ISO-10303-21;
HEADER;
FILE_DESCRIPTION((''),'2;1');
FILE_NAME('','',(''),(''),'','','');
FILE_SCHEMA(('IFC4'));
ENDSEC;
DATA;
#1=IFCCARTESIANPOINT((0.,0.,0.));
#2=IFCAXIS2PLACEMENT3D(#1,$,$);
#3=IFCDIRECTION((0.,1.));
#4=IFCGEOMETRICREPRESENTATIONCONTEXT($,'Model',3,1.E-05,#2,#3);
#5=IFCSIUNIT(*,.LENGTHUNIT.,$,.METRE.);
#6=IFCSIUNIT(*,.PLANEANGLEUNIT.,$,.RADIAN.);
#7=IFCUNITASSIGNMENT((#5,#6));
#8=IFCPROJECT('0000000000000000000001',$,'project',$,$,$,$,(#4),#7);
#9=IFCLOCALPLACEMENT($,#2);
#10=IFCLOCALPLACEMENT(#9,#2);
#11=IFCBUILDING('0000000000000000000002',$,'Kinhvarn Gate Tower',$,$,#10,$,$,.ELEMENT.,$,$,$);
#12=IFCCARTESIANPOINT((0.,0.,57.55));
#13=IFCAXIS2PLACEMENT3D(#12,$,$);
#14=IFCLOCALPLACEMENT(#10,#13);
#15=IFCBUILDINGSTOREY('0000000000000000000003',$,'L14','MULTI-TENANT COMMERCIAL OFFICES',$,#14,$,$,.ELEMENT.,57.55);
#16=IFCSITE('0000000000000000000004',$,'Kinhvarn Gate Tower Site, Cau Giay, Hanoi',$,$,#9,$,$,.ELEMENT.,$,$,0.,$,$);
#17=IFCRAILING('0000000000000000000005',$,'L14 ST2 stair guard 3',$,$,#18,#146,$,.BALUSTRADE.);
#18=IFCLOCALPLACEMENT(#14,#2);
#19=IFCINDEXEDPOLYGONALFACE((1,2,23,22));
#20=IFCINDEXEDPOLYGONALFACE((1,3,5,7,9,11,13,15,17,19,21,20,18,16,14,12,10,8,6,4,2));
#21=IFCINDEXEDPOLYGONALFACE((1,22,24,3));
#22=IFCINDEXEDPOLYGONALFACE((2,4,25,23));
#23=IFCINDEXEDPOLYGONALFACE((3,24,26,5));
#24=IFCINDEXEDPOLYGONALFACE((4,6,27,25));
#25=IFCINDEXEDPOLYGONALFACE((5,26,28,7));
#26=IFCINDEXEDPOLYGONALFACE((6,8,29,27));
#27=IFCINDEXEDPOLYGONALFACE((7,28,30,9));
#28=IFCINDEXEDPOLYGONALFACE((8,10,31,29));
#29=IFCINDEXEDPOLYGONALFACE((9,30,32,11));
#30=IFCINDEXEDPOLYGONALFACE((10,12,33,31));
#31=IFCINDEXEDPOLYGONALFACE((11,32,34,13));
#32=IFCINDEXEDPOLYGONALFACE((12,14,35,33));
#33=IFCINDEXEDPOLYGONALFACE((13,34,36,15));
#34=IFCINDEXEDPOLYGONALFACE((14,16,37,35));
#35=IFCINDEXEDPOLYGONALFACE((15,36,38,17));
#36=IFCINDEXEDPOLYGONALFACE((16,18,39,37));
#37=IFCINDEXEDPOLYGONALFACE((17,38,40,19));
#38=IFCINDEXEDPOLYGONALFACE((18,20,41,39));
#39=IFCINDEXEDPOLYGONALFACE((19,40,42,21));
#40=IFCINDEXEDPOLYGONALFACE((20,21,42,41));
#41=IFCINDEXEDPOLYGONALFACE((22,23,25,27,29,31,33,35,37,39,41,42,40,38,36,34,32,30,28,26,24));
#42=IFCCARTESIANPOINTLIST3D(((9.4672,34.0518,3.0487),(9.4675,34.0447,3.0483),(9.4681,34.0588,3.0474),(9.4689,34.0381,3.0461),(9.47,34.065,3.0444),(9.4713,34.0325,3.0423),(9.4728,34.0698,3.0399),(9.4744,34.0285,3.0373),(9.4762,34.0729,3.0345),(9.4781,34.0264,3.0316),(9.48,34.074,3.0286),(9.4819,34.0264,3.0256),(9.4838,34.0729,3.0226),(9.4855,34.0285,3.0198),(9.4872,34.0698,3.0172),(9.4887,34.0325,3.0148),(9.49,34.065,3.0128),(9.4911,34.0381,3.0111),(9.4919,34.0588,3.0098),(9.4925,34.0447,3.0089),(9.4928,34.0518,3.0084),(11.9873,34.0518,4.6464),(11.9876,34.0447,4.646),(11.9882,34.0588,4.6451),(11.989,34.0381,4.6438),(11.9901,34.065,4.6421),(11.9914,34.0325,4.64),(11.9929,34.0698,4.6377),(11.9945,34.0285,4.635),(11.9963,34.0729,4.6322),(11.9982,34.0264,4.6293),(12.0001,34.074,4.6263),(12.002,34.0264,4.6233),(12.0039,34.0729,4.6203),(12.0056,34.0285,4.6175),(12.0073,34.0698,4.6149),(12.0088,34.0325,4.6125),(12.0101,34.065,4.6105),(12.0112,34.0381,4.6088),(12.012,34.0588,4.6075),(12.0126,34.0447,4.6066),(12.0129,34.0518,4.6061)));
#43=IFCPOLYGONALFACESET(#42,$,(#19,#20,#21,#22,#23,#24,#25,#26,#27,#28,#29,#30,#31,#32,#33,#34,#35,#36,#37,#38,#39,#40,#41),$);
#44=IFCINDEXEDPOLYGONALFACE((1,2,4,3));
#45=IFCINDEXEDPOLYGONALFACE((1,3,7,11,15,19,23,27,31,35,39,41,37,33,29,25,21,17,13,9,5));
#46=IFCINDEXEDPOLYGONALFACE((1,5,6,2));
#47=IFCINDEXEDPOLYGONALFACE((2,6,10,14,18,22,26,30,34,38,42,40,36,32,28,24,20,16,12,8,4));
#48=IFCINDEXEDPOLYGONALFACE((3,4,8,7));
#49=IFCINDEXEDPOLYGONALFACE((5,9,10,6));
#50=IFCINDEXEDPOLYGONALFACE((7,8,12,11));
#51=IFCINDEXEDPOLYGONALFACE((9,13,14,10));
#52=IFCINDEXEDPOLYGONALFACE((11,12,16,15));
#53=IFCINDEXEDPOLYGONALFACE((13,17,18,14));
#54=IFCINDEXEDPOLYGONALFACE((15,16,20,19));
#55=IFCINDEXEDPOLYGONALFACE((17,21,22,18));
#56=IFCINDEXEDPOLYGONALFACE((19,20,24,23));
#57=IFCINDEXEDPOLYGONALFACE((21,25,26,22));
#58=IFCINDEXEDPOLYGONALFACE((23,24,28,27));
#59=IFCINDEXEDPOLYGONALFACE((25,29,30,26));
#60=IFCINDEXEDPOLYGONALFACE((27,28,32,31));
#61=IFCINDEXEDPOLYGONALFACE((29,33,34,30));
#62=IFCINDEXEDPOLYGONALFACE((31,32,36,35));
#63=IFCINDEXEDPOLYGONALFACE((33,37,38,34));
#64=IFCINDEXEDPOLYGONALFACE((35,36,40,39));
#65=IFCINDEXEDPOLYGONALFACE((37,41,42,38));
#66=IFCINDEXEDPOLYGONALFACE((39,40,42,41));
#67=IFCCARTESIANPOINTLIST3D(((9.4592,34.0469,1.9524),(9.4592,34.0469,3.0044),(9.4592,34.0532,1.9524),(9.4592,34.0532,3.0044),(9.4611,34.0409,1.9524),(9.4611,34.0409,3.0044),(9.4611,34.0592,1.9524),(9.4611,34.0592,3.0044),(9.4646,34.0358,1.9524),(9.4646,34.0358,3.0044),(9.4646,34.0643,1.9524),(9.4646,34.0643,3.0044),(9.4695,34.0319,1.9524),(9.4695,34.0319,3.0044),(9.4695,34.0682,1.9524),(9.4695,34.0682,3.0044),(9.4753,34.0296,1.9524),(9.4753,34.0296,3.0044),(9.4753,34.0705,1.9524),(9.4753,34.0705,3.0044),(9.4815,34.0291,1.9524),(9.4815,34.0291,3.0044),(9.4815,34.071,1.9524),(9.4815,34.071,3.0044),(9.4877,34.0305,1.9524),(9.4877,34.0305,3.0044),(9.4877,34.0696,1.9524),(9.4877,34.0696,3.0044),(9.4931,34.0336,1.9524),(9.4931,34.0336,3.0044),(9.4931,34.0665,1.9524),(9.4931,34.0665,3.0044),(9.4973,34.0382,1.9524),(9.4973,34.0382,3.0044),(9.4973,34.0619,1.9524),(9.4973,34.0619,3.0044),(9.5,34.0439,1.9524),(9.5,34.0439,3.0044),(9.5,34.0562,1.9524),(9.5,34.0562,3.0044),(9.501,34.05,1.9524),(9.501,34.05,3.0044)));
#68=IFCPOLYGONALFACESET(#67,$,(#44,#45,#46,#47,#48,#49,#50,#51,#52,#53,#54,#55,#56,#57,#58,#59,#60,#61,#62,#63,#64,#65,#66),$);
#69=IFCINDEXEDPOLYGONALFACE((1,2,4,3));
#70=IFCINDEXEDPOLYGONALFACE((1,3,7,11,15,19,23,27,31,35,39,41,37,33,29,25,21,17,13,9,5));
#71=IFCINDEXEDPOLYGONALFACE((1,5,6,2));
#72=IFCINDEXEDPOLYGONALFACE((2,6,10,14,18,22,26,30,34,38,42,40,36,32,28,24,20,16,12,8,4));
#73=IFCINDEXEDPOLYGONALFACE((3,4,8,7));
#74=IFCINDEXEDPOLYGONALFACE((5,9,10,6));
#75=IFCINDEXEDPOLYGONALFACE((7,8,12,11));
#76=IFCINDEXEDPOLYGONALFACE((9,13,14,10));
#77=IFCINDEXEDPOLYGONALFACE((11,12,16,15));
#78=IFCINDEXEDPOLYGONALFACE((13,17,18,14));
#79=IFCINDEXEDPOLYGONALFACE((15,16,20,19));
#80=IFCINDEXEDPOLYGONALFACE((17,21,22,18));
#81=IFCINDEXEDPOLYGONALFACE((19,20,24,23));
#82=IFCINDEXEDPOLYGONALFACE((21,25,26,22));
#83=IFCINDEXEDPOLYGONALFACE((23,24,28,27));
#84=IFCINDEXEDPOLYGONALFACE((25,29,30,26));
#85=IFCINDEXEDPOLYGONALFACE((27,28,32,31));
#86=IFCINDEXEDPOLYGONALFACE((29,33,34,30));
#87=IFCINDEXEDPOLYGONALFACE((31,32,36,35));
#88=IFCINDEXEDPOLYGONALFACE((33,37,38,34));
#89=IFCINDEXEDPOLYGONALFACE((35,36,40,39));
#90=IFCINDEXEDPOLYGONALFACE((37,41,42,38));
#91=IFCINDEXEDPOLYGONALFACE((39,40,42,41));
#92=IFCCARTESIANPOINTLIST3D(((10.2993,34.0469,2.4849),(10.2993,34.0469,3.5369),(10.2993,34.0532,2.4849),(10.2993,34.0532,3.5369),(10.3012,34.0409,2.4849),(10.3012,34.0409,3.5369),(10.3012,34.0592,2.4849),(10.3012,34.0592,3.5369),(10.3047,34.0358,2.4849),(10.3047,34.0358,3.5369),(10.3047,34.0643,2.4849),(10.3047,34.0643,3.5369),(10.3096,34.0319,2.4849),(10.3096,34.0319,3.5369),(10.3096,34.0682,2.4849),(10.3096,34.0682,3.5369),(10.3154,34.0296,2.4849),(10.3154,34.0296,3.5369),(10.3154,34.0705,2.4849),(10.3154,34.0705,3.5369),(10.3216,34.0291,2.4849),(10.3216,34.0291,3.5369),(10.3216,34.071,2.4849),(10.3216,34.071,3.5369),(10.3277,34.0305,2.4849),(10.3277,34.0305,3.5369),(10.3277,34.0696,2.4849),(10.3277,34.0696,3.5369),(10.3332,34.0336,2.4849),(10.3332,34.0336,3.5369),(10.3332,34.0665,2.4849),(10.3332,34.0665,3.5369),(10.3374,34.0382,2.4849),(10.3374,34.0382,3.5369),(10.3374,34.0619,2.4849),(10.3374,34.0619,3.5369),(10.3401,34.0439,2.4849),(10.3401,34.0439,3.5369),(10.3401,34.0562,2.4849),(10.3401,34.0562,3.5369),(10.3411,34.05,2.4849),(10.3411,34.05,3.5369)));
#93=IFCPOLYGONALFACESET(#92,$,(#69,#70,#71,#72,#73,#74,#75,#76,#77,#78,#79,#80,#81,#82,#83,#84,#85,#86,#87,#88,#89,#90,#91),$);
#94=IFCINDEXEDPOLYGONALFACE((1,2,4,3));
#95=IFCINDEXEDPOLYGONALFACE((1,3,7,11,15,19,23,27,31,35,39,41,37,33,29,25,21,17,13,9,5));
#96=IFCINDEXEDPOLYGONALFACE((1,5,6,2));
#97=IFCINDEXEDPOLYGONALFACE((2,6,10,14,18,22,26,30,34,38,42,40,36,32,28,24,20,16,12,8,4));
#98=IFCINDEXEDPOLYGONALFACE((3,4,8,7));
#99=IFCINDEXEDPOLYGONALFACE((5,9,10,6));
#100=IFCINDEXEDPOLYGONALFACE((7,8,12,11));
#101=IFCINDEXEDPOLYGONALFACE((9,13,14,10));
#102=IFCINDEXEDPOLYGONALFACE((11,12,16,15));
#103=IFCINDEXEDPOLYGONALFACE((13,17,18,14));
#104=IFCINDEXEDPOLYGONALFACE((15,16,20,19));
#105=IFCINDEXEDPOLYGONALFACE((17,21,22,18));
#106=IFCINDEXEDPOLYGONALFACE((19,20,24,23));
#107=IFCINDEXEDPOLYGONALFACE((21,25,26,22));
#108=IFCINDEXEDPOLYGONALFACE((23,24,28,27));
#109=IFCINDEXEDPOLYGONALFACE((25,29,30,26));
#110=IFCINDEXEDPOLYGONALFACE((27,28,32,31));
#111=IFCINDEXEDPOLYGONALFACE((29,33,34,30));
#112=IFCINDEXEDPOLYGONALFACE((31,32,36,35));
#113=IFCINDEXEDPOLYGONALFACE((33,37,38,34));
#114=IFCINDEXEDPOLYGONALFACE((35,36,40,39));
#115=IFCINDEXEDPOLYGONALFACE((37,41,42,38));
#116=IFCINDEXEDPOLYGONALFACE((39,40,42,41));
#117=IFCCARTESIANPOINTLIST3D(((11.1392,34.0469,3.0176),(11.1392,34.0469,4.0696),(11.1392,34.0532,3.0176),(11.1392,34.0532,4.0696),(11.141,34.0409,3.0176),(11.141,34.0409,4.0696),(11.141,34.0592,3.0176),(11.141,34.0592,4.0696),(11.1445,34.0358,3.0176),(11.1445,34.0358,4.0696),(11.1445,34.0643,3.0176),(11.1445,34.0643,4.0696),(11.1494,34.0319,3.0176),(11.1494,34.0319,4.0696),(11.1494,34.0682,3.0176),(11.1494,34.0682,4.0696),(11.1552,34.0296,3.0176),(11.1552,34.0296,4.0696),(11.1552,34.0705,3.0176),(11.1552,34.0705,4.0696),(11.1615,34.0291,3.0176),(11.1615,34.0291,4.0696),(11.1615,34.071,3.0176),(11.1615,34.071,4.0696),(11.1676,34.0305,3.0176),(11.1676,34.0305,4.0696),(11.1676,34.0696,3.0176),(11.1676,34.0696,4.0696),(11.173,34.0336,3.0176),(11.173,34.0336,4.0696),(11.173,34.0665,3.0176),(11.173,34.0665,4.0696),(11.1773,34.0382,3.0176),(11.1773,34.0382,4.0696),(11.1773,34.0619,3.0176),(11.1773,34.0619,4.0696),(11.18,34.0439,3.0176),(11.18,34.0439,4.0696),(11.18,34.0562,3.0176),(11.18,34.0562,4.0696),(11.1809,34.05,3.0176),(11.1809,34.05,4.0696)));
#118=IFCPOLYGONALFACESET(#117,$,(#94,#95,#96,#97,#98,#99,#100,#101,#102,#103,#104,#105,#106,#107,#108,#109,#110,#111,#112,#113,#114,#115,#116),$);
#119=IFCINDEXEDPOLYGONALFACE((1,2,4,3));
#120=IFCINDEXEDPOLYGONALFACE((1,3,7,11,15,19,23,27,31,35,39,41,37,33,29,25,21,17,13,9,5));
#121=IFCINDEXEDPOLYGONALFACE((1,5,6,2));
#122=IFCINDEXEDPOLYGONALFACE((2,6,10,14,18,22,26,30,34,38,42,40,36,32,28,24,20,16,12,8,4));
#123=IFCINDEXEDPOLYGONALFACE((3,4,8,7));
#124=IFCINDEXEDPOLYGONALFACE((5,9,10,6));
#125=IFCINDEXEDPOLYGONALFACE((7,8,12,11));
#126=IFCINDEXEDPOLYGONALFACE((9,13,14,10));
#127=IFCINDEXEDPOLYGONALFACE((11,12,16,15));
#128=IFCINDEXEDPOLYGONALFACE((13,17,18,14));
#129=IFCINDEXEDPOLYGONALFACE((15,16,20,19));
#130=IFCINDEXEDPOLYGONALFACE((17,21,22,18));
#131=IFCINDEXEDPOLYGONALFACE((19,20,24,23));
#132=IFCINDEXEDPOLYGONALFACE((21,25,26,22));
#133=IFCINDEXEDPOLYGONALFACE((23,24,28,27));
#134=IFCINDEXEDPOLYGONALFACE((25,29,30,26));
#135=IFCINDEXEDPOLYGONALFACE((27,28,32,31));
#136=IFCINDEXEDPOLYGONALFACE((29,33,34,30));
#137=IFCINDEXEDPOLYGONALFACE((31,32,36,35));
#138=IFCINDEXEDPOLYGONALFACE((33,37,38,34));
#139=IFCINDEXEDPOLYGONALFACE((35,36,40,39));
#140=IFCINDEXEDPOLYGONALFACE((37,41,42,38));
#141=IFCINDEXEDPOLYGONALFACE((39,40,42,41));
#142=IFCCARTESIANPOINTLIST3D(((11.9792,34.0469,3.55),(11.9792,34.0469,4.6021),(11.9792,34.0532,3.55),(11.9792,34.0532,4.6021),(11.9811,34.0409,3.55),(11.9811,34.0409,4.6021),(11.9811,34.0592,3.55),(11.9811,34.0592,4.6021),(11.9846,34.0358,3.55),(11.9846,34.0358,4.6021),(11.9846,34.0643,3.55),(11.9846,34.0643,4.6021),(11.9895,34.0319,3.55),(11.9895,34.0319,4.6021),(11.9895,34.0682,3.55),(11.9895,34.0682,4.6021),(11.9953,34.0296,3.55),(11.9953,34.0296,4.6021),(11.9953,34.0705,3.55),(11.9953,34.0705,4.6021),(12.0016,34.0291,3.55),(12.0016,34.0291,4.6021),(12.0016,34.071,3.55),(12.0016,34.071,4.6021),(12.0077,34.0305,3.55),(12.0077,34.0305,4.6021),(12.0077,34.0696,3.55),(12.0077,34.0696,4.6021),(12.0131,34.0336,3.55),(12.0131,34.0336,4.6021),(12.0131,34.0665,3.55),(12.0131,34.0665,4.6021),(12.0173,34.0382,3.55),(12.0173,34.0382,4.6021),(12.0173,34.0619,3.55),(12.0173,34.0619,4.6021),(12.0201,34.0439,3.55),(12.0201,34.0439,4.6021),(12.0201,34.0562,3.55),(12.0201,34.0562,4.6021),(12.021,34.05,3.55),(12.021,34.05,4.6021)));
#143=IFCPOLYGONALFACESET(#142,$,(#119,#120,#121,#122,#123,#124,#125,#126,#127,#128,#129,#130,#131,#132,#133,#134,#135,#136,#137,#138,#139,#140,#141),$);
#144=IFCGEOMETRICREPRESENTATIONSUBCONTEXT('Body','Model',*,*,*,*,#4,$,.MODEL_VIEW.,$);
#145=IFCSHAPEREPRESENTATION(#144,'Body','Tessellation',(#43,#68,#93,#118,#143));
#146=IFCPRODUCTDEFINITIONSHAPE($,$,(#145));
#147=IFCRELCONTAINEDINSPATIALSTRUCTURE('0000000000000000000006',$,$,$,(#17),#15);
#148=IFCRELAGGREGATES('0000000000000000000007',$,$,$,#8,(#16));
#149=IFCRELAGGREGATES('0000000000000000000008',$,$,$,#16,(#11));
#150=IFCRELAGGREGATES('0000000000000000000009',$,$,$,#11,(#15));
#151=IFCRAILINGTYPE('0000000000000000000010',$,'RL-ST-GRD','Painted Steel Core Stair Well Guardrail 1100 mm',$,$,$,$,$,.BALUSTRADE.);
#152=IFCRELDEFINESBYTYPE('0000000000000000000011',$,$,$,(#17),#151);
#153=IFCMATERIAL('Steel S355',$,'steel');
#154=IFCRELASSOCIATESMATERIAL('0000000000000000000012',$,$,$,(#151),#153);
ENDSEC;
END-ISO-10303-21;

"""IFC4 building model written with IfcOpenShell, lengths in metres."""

from ifc_helpers import new_model, si_unit, direction, frame, origin, origin_2d, place, context, subcontext, project, spatial, circle, extrude, material, type_object, element, save


model = new_model("IFC4")

# Units and contexts
model_context = context("Model", 3, precision=1e-05, world=origin(), true_north=direction((0.0, 1.0)))
body_context = subcontext(model_context, "Body", "Model", "MODEL_VIEW")
ifc_project = project(units=[si_unit("LENGTHUNIT", "METRE"), si_unit("PLANEANGLEUNIT", "RADIAN")], contexts=[model_context])

# Site, building, storey
site_placement = place(None, origin())
site = spatial("IfcSite", under=ifc_project, at=site_placement, Name="Kinhvarn Gate Tower Site, Cau Giay, Hanoi", CompositionType="ELEMENT", RefElevation=0.0)
building_placement = place(site_placement, origin())
building = spatial("IfcBuilding", under=site, at=building_placement, Name="Kinhvarn Gate Tower", CompositionType="ELEMENT")
storey_placement = place(building_placement, frame((0.0, 0.0, 57.55)))
storey = spatial("IfcBuildingStorey", under=building, at=storey_placement, Name="L14", Description="MULTI-TENANT COMMERCIAL OFFICES", CompositionType="ELEMENT", Elevation=57.55)

# Shared definitions
ifc_material_1 = material(Name="Steel S355", Category="steel")

# Railing
railing_type_1 = type_object("IfcRailingType", Name="RL-ST-GRD", Description="Painted Steel Core Stair Well Guardrail 1100 mm", PredefinedType="BALUSTRADE", material=ifc_material_1)
railing_1_placement = place(storey_placement, frame((9.48, 34.05, 1.9524)))
element("IfcRailing", 1, at=railing_1_placement, inside=storey, type_object=railing_type_1, Name="L14 ST2 stair guard 3", PredefinedType="BALUSTRADE", context=body_context, shape_type="SweptSolid", body=[
    extrude(circle(Radius=0.0239, at=origin_2d()), frame((0.0, 0.0, 1.0762), z_axis=(0.84457, 0.0, 0.535445), x_axis=(0.0, 1.0, 0.0)), (0.0, 0.0, 1.0), 2.9839),
    extrude(circle(Radius=0.021, at=origin_2d()), origin(), (0.0, 0.0, 1.0), 1.052),
    extrude(circle(Radius=0.021, at=origin_2d()), frame((0.8401, 0.0, 0.5325)), (0.0, 0.0, 1.0), 1.052),
    extrude(circle(Radius=0.021, at=origin_2d()), frame((1.6799, 0.0, 1.0652)), (0.0, 0.0, 1.0), 1.052),
    extrude(circle(Radius=0.021, at=origin_2d()), frame((2.52, 0.0, 1.5977)), (0.0, 0.0, 1.0), 1.052),
])

save(model, "model.ifc")
